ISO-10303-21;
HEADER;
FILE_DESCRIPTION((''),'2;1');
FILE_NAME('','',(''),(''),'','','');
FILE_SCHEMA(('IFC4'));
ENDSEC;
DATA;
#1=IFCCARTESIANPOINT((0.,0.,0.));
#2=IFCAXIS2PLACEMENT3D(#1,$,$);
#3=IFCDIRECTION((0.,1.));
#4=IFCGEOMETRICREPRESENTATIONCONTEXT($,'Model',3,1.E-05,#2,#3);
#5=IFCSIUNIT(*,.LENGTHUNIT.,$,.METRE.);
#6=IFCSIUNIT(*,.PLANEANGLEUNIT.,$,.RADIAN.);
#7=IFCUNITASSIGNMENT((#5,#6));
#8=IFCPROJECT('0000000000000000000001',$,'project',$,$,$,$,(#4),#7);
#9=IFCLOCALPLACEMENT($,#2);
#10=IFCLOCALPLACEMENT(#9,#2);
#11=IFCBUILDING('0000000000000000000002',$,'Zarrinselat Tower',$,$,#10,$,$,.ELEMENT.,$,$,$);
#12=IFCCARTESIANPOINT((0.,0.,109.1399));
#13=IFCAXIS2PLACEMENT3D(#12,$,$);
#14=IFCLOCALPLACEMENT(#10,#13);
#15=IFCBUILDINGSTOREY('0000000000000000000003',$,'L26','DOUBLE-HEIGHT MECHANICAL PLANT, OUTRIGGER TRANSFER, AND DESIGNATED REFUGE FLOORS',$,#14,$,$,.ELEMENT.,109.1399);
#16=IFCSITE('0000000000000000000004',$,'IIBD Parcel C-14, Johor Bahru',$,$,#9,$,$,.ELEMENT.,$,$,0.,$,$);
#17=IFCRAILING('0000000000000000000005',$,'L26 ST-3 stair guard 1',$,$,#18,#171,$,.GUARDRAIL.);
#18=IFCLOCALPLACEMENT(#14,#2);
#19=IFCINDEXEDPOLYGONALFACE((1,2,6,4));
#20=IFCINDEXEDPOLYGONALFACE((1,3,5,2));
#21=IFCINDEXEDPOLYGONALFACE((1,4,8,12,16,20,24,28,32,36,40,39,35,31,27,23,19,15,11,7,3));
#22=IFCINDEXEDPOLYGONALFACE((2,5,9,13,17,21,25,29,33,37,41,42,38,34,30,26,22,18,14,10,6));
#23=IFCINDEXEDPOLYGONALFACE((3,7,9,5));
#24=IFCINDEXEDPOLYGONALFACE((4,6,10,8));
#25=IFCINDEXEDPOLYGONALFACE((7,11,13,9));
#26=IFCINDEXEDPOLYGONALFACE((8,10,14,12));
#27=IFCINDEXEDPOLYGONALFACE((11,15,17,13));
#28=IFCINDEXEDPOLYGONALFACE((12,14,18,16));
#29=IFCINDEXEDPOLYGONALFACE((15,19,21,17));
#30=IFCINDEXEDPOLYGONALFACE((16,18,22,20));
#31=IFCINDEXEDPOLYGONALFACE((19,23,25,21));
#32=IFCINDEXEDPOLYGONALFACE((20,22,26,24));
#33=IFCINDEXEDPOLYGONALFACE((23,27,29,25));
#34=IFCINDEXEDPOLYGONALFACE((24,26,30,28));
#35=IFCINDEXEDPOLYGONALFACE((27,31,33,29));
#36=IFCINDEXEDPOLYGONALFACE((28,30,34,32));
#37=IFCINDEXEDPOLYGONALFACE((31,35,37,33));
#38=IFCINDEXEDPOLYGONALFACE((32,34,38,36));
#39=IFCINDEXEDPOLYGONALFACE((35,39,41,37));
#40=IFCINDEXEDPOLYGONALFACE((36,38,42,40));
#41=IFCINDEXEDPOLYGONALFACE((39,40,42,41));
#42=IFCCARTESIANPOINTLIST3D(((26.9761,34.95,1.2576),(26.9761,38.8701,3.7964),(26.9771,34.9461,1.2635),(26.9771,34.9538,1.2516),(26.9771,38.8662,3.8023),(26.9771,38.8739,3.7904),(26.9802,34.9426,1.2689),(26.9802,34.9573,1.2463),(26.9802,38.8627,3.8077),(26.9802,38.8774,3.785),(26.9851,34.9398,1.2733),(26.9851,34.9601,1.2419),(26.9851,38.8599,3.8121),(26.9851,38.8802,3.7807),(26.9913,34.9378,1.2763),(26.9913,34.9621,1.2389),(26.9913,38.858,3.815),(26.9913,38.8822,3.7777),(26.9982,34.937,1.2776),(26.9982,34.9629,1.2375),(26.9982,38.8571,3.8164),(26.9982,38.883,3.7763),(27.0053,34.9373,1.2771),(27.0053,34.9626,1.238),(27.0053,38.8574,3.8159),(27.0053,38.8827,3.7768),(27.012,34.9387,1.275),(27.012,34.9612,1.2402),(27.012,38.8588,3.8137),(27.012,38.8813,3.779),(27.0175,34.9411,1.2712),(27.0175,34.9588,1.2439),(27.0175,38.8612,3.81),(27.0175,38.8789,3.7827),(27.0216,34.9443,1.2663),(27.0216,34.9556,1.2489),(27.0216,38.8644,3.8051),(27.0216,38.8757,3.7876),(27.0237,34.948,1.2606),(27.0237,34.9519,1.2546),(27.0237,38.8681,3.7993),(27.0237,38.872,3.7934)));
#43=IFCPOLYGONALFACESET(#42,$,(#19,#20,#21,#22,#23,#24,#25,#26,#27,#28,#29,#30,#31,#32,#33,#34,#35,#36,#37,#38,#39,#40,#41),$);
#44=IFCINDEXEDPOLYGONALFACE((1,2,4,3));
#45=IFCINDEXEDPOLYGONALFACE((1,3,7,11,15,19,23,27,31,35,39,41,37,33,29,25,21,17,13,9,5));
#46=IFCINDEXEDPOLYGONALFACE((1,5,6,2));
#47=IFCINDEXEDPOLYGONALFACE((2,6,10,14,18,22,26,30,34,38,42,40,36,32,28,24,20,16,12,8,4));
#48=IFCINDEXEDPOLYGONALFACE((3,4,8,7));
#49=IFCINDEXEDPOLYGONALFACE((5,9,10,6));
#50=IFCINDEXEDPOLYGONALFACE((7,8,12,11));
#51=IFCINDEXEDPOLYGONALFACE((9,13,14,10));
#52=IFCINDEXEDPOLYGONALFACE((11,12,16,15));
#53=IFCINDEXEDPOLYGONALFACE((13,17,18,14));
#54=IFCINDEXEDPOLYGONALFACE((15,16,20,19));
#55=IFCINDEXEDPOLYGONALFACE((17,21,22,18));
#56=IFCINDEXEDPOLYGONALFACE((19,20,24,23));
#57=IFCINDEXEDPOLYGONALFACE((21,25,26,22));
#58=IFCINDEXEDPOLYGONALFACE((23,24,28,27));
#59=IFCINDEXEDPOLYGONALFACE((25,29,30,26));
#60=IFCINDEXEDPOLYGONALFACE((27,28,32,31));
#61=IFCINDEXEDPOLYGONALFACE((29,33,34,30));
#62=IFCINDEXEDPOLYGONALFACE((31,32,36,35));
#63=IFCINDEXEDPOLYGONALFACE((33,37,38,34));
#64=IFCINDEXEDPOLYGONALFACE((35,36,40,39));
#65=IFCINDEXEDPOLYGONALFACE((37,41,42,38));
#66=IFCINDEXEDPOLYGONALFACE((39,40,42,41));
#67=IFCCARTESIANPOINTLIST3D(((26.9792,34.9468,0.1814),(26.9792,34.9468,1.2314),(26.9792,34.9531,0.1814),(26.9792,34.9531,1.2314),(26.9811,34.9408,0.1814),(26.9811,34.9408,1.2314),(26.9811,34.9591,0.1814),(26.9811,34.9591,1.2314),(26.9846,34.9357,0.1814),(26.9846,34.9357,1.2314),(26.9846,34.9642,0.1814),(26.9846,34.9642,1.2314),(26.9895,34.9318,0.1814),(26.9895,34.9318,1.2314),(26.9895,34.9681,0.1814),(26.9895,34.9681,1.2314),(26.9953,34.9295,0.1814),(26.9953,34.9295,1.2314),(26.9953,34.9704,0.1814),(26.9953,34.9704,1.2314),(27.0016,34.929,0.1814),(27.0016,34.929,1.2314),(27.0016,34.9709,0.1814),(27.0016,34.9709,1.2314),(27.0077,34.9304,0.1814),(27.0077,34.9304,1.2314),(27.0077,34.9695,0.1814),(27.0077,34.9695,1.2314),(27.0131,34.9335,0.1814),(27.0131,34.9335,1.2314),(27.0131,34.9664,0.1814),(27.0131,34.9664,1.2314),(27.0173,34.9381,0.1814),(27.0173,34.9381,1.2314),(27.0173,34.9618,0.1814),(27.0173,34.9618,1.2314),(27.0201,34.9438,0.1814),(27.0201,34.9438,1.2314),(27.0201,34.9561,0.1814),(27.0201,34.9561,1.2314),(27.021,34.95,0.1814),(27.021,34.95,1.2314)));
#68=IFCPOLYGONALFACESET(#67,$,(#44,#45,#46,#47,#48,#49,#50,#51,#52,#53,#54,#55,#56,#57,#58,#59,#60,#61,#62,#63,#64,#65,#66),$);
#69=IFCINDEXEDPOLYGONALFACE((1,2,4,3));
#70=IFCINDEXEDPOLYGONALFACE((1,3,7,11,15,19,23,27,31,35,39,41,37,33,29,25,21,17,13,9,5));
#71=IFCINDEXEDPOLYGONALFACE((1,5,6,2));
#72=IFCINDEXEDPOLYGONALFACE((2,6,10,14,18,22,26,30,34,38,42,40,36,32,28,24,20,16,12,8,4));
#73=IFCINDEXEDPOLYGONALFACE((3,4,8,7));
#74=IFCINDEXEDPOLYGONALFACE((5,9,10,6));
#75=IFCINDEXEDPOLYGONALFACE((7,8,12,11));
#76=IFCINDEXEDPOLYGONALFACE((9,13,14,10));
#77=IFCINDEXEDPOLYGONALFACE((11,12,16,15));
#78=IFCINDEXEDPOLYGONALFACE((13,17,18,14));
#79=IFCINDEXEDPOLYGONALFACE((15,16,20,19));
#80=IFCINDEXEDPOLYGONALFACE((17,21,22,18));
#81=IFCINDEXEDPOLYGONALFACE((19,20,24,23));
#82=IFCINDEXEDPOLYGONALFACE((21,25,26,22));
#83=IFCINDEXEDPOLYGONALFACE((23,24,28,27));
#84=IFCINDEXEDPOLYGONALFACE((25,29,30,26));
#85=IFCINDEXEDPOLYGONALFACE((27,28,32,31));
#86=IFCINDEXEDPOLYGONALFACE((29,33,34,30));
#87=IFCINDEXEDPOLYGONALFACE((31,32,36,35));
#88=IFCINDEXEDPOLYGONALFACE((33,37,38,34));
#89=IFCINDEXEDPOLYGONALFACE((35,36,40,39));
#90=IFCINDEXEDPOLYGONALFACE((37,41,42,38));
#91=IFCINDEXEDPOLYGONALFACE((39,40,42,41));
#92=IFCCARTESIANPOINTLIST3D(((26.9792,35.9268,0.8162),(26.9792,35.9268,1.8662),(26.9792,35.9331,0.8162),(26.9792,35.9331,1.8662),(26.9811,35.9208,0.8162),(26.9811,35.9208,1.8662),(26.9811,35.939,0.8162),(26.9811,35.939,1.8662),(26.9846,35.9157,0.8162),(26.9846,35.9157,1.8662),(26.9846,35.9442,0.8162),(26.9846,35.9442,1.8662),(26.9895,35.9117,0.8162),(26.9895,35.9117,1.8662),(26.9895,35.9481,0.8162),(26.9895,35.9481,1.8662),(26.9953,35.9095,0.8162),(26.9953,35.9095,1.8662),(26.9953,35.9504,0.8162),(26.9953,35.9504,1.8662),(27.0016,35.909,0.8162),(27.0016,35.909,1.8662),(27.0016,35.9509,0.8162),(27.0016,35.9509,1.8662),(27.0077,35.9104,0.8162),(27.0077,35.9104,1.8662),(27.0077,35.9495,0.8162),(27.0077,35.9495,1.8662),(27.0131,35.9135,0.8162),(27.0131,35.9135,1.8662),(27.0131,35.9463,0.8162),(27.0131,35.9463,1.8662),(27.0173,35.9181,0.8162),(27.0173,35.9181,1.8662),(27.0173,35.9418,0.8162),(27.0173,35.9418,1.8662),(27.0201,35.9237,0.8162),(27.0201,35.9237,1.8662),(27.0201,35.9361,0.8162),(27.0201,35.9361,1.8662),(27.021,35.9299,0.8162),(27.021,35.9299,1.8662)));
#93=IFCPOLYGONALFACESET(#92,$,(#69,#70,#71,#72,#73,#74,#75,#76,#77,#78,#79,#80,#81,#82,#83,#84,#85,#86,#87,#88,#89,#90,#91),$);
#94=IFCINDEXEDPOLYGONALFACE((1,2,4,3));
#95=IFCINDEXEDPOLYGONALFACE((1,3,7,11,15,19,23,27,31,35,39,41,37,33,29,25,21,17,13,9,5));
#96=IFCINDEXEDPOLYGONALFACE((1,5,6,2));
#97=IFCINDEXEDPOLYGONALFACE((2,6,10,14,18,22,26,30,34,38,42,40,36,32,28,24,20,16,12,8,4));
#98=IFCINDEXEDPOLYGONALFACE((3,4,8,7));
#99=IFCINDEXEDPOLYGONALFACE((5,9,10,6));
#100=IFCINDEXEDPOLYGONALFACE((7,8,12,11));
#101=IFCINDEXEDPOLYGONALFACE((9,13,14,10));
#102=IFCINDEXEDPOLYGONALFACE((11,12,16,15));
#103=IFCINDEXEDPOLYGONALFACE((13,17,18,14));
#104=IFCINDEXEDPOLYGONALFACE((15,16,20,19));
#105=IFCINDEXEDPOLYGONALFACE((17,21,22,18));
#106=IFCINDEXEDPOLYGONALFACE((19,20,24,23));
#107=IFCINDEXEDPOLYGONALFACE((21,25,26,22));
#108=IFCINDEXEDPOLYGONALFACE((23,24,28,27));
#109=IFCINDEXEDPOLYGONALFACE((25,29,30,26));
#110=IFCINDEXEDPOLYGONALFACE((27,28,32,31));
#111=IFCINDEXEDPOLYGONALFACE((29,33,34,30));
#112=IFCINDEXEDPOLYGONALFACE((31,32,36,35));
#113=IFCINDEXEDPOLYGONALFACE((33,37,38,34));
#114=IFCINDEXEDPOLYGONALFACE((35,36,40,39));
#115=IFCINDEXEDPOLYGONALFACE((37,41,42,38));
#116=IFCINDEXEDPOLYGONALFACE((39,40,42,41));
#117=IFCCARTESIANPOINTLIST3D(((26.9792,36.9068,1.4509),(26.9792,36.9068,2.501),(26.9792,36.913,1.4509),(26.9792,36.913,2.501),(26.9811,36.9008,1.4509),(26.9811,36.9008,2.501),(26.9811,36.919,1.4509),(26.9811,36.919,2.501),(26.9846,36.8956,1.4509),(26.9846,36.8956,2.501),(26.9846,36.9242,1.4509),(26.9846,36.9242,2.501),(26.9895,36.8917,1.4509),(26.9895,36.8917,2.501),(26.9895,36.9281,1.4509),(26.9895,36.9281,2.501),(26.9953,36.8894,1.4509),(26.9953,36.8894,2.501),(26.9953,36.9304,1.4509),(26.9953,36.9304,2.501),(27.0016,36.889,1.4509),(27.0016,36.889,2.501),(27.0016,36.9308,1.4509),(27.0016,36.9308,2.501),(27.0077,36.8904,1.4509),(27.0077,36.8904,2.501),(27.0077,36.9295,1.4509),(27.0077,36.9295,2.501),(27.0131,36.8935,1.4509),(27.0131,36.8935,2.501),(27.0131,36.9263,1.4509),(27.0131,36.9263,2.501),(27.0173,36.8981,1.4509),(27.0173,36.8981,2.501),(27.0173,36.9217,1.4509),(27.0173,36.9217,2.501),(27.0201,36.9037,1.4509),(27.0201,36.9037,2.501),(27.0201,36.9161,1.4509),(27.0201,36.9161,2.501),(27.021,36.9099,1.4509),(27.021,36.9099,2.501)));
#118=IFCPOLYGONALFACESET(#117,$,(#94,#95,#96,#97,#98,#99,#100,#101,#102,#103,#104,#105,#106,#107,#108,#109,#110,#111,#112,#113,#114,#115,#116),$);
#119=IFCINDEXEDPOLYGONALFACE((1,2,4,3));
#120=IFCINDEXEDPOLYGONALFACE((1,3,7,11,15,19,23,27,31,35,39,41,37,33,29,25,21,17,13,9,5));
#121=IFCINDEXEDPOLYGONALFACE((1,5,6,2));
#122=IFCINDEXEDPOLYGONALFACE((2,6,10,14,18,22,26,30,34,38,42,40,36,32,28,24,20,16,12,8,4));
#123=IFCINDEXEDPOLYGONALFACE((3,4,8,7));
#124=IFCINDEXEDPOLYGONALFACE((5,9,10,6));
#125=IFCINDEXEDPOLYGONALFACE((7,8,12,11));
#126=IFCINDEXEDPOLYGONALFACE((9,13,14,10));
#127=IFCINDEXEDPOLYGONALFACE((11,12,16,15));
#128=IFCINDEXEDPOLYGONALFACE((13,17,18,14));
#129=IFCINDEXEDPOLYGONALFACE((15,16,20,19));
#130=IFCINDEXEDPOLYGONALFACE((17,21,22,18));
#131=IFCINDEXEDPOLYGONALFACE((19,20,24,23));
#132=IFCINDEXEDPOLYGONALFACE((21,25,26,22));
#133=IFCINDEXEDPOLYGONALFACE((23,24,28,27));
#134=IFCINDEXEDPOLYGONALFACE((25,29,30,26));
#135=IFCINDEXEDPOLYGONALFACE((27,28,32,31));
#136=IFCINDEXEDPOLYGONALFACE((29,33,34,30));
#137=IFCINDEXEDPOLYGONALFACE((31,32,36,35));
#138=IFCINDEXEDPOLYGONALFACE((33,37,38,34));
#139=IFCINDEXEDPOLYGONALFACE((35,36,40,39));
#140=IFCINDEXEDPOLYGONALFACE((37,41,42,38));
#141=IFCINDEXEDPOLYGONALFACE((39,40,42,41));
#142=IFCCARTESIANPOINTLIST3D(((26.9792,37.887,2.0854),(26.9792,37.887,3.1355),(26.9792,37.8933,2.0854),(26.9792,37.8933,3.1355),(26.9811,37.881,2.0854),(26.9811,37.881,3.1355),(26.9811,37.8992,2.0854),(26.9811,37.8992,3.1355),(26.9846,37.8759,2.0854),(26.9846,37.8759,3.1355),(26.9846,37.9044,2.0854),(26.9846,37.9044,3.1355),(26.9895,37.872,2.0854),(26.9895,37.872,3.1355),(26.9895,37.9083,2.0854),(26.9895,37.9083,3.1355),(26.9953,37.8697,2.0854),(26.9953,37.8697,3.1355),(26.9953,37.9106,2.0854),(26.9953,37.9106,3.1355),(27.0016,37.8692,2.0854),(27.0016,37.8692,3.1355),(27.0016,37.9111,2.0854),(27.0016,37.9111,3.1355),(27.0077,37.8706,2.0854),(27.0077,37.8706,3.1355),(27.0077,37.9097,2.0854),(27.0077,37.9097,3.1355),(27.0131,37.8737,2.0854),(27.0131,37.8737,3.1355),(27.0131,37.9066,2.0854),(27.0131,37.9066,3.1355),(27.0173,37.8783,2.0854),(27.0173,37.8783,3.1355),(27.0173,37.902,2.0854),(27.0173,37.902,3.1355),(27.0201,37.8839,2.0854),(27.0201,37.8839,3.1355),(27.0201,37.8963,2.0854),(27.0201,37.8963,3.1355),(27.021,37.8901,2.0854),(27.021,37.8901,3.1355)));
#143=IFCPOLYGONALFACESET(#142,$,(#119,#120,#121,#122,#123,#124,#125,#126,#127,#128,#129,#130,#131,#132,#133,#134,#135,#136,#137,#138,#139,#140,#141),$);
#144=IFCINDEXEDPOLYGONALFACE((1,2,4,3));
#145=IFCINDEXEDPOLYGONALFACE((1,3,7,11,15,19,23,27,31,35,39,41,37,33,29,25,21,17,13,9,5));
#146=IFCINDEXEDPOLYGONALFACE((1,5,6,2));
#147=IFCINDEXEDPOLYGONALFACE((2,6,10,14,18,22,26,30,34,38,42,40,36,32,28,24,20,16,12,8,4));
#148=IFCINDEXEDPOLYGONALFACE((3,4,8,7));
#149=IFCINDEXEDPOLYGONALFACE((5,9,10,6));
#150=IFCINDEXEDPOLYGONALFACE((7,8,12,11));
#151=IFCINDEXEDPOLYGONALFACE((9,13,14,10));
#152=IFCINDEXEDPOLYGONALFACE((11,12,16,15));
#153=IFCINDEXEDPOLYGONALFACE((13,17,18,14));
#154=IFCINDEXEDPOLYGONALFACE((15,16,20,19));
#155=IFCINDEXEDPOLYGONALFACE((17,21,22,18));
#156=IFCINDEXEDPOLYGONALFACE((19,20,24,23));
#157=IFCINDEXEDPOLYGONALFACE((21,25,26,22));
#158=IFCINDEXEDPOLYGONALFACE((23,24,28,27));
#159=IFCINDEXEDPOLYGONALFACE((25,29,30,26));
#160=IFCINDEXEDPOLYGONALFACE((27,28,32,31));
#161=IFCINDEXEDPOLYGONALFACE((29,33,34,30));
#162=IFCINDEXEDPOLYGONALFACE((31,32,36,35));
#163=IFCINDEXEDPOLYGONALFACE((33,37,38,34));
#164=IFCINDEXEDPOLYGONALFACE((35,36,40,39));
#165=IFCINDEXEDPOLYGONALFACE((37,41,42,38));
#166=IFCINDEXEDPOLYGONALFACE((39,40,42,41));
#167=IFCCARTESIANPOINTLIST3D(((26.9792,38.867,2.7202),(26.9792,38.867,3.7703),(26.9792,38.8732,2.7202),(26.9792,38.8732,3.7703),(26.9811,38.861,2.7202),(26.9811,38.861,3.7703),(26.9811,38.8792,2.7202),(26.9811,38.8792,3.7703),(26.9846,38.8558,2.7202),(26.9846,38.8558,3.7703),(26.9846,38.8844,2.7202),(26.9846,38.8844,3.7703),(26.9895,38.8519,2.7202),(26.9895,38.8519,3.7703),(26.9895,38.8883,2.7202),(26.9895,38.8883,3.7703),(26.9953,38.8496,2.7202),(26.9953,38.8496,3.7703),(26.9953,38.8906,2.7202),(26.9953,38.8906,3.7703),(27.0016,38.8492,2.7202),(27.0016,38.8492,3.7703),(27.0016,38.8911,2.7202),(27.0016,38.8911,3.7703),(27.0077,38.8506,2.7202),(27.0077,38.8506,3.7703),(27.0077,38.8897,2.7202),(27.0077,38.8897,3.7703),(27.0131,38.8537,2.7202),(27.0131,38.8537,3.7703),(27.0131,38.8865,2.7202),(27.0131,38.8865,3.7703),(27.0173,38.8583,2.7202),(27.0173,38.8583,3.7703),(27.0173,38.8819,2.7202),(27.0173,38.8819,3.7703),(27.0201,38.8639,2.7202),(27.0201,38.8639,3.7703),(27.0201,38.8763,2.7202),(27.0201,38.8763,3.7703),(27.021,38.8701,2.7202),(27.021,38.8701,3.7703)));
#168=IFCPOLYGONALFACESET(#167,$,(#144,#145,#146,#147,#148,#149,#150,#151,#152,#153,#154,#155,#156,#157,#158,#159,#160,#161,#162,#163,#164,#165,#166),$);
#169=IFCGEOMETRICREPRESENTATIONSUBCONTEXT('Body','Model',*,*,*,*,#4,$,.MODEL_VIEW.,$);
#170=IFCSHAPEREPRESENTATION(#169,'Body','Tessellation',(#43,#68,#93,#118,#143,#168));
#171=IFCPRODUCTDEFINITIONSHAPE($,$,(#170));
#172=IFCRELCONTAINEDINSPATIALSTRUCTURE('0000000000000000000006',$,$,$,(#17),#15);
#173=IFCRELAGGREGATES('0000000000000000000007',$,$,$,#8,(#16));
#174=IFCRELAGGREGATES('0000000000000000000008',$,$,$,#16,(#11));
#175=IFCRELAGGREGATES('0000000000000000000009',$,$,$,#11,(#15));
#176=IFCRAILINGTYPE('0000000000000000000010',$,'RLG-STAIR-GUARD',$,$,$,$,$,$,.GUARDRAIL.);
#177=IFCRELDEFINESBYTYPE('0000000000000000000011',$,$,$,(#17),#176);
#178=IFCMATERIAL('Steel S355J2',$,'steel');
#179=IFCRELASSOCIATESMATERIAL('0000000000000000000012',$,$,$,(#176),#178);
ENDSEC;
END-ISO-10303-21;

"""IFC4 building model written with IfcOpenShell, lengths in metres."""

from ifc_helpers import new_model, si_unit, direction, frame, origin, origin_2d, place, context, subcontext, project, spatial, circle, extrude, material, type_object, element, save


model = new_model("IFC4")

# Units and contexts
model_context = context("Model", 3, precision=1e-05, world=origin(), true_north=direction((0.0, 1.0)))
body_context = subcontext(model_context, "Body", "Model", "MODEL_VIEW")
ifc_project = project(units=[si_unit("LENGTHUNIT", "METRE"), si_unit("PLANEANGLEUNIT", "RADIAN")], contexts=[model_context])

# Site, building, storey
site_placement = place(None, origin())
site = spatial("IfcSite", under=ifc_project, at=site_placement, Name="IIBD Parcel C-14, Johor Bahru", CompositionType="ELEMENT", RefElevation=0.0)
building_placement = place(site_placement, origin())
building = spatial("IfcBuilding", under=site, at=building_placement, Name="Zarrinselat Tower", CompositionType="ELEMENT")
storey_placement = place(building_placement, frame((0.0, 0.0, 109.1399)))
storey = spatial("IfcBuildingStorey", under=building, at=storey_placement, Name="L26", Description="DOUBLE-HEIGHT MECHANICAL PLANT, OUTRIGGER TRANSFER, AND DESIGNATED REFUGE FLOORS", CompositionType="ELEMENT", Elevation=109.1399)

# Railing
ifc_material_1 = material(Name="Steel S355J2", Category="steel")
railing_type_1 = type_object("IfcRailingType", Name="RLG-STAIR-GUARD", PredefinedType="GUARDRAIL", material=ifc_material_1)
railing_1_placement = place(storey_placement, frame((27.0, 34.95, 0.1814)))
element("IfcRailing", 1, at=railing_1_placement, inside=storey, type_object=railing_type_1, Name="L26 ST-3 stair guard 1", PredefinedType="GUARDRAIL", context=body_context, shape_type="SweptSolid", body=[
    extrude(circle(Radius=0.0239, at=origin_2d()), frame((0.0, 0.0, 1.0762), z_axis=(0.0, 0.839351, 0.543589), x_axis=(-1.0, 0.0, 0.0)), (0.0, 0.0, 1.0), 4.6704),
    extrude(circle(Radius=0.021, at=origin_2d()), origin(), (0.0, 0.0, 1.0), 1.05),
    extrude(circle(Radius=0.021, at=origin_2d()), frame((0.0, 0.98, 0.6348)), (0.0, 0.0, 1.0), 1.05),
    extrude(circle(Radius=0.021, at=origin_2d()), frame((0.0, 1.96, 1.2695)), (0.0, 0.0, 1.0), 1.05),
    extrude(circle(Radius=0.021, at=origin_2d()), frame((0.0, 2.9402, 1.9041)), (0.0, 0.0, 1.0), 1.05),
    extrude(circle(Radius=0.021, at=origin_2d()), frame((0.0, 3.9202, 2.5388)), (0.0, 0.0, 1.0), 1.05),
])

save(model, "model.ifc")
